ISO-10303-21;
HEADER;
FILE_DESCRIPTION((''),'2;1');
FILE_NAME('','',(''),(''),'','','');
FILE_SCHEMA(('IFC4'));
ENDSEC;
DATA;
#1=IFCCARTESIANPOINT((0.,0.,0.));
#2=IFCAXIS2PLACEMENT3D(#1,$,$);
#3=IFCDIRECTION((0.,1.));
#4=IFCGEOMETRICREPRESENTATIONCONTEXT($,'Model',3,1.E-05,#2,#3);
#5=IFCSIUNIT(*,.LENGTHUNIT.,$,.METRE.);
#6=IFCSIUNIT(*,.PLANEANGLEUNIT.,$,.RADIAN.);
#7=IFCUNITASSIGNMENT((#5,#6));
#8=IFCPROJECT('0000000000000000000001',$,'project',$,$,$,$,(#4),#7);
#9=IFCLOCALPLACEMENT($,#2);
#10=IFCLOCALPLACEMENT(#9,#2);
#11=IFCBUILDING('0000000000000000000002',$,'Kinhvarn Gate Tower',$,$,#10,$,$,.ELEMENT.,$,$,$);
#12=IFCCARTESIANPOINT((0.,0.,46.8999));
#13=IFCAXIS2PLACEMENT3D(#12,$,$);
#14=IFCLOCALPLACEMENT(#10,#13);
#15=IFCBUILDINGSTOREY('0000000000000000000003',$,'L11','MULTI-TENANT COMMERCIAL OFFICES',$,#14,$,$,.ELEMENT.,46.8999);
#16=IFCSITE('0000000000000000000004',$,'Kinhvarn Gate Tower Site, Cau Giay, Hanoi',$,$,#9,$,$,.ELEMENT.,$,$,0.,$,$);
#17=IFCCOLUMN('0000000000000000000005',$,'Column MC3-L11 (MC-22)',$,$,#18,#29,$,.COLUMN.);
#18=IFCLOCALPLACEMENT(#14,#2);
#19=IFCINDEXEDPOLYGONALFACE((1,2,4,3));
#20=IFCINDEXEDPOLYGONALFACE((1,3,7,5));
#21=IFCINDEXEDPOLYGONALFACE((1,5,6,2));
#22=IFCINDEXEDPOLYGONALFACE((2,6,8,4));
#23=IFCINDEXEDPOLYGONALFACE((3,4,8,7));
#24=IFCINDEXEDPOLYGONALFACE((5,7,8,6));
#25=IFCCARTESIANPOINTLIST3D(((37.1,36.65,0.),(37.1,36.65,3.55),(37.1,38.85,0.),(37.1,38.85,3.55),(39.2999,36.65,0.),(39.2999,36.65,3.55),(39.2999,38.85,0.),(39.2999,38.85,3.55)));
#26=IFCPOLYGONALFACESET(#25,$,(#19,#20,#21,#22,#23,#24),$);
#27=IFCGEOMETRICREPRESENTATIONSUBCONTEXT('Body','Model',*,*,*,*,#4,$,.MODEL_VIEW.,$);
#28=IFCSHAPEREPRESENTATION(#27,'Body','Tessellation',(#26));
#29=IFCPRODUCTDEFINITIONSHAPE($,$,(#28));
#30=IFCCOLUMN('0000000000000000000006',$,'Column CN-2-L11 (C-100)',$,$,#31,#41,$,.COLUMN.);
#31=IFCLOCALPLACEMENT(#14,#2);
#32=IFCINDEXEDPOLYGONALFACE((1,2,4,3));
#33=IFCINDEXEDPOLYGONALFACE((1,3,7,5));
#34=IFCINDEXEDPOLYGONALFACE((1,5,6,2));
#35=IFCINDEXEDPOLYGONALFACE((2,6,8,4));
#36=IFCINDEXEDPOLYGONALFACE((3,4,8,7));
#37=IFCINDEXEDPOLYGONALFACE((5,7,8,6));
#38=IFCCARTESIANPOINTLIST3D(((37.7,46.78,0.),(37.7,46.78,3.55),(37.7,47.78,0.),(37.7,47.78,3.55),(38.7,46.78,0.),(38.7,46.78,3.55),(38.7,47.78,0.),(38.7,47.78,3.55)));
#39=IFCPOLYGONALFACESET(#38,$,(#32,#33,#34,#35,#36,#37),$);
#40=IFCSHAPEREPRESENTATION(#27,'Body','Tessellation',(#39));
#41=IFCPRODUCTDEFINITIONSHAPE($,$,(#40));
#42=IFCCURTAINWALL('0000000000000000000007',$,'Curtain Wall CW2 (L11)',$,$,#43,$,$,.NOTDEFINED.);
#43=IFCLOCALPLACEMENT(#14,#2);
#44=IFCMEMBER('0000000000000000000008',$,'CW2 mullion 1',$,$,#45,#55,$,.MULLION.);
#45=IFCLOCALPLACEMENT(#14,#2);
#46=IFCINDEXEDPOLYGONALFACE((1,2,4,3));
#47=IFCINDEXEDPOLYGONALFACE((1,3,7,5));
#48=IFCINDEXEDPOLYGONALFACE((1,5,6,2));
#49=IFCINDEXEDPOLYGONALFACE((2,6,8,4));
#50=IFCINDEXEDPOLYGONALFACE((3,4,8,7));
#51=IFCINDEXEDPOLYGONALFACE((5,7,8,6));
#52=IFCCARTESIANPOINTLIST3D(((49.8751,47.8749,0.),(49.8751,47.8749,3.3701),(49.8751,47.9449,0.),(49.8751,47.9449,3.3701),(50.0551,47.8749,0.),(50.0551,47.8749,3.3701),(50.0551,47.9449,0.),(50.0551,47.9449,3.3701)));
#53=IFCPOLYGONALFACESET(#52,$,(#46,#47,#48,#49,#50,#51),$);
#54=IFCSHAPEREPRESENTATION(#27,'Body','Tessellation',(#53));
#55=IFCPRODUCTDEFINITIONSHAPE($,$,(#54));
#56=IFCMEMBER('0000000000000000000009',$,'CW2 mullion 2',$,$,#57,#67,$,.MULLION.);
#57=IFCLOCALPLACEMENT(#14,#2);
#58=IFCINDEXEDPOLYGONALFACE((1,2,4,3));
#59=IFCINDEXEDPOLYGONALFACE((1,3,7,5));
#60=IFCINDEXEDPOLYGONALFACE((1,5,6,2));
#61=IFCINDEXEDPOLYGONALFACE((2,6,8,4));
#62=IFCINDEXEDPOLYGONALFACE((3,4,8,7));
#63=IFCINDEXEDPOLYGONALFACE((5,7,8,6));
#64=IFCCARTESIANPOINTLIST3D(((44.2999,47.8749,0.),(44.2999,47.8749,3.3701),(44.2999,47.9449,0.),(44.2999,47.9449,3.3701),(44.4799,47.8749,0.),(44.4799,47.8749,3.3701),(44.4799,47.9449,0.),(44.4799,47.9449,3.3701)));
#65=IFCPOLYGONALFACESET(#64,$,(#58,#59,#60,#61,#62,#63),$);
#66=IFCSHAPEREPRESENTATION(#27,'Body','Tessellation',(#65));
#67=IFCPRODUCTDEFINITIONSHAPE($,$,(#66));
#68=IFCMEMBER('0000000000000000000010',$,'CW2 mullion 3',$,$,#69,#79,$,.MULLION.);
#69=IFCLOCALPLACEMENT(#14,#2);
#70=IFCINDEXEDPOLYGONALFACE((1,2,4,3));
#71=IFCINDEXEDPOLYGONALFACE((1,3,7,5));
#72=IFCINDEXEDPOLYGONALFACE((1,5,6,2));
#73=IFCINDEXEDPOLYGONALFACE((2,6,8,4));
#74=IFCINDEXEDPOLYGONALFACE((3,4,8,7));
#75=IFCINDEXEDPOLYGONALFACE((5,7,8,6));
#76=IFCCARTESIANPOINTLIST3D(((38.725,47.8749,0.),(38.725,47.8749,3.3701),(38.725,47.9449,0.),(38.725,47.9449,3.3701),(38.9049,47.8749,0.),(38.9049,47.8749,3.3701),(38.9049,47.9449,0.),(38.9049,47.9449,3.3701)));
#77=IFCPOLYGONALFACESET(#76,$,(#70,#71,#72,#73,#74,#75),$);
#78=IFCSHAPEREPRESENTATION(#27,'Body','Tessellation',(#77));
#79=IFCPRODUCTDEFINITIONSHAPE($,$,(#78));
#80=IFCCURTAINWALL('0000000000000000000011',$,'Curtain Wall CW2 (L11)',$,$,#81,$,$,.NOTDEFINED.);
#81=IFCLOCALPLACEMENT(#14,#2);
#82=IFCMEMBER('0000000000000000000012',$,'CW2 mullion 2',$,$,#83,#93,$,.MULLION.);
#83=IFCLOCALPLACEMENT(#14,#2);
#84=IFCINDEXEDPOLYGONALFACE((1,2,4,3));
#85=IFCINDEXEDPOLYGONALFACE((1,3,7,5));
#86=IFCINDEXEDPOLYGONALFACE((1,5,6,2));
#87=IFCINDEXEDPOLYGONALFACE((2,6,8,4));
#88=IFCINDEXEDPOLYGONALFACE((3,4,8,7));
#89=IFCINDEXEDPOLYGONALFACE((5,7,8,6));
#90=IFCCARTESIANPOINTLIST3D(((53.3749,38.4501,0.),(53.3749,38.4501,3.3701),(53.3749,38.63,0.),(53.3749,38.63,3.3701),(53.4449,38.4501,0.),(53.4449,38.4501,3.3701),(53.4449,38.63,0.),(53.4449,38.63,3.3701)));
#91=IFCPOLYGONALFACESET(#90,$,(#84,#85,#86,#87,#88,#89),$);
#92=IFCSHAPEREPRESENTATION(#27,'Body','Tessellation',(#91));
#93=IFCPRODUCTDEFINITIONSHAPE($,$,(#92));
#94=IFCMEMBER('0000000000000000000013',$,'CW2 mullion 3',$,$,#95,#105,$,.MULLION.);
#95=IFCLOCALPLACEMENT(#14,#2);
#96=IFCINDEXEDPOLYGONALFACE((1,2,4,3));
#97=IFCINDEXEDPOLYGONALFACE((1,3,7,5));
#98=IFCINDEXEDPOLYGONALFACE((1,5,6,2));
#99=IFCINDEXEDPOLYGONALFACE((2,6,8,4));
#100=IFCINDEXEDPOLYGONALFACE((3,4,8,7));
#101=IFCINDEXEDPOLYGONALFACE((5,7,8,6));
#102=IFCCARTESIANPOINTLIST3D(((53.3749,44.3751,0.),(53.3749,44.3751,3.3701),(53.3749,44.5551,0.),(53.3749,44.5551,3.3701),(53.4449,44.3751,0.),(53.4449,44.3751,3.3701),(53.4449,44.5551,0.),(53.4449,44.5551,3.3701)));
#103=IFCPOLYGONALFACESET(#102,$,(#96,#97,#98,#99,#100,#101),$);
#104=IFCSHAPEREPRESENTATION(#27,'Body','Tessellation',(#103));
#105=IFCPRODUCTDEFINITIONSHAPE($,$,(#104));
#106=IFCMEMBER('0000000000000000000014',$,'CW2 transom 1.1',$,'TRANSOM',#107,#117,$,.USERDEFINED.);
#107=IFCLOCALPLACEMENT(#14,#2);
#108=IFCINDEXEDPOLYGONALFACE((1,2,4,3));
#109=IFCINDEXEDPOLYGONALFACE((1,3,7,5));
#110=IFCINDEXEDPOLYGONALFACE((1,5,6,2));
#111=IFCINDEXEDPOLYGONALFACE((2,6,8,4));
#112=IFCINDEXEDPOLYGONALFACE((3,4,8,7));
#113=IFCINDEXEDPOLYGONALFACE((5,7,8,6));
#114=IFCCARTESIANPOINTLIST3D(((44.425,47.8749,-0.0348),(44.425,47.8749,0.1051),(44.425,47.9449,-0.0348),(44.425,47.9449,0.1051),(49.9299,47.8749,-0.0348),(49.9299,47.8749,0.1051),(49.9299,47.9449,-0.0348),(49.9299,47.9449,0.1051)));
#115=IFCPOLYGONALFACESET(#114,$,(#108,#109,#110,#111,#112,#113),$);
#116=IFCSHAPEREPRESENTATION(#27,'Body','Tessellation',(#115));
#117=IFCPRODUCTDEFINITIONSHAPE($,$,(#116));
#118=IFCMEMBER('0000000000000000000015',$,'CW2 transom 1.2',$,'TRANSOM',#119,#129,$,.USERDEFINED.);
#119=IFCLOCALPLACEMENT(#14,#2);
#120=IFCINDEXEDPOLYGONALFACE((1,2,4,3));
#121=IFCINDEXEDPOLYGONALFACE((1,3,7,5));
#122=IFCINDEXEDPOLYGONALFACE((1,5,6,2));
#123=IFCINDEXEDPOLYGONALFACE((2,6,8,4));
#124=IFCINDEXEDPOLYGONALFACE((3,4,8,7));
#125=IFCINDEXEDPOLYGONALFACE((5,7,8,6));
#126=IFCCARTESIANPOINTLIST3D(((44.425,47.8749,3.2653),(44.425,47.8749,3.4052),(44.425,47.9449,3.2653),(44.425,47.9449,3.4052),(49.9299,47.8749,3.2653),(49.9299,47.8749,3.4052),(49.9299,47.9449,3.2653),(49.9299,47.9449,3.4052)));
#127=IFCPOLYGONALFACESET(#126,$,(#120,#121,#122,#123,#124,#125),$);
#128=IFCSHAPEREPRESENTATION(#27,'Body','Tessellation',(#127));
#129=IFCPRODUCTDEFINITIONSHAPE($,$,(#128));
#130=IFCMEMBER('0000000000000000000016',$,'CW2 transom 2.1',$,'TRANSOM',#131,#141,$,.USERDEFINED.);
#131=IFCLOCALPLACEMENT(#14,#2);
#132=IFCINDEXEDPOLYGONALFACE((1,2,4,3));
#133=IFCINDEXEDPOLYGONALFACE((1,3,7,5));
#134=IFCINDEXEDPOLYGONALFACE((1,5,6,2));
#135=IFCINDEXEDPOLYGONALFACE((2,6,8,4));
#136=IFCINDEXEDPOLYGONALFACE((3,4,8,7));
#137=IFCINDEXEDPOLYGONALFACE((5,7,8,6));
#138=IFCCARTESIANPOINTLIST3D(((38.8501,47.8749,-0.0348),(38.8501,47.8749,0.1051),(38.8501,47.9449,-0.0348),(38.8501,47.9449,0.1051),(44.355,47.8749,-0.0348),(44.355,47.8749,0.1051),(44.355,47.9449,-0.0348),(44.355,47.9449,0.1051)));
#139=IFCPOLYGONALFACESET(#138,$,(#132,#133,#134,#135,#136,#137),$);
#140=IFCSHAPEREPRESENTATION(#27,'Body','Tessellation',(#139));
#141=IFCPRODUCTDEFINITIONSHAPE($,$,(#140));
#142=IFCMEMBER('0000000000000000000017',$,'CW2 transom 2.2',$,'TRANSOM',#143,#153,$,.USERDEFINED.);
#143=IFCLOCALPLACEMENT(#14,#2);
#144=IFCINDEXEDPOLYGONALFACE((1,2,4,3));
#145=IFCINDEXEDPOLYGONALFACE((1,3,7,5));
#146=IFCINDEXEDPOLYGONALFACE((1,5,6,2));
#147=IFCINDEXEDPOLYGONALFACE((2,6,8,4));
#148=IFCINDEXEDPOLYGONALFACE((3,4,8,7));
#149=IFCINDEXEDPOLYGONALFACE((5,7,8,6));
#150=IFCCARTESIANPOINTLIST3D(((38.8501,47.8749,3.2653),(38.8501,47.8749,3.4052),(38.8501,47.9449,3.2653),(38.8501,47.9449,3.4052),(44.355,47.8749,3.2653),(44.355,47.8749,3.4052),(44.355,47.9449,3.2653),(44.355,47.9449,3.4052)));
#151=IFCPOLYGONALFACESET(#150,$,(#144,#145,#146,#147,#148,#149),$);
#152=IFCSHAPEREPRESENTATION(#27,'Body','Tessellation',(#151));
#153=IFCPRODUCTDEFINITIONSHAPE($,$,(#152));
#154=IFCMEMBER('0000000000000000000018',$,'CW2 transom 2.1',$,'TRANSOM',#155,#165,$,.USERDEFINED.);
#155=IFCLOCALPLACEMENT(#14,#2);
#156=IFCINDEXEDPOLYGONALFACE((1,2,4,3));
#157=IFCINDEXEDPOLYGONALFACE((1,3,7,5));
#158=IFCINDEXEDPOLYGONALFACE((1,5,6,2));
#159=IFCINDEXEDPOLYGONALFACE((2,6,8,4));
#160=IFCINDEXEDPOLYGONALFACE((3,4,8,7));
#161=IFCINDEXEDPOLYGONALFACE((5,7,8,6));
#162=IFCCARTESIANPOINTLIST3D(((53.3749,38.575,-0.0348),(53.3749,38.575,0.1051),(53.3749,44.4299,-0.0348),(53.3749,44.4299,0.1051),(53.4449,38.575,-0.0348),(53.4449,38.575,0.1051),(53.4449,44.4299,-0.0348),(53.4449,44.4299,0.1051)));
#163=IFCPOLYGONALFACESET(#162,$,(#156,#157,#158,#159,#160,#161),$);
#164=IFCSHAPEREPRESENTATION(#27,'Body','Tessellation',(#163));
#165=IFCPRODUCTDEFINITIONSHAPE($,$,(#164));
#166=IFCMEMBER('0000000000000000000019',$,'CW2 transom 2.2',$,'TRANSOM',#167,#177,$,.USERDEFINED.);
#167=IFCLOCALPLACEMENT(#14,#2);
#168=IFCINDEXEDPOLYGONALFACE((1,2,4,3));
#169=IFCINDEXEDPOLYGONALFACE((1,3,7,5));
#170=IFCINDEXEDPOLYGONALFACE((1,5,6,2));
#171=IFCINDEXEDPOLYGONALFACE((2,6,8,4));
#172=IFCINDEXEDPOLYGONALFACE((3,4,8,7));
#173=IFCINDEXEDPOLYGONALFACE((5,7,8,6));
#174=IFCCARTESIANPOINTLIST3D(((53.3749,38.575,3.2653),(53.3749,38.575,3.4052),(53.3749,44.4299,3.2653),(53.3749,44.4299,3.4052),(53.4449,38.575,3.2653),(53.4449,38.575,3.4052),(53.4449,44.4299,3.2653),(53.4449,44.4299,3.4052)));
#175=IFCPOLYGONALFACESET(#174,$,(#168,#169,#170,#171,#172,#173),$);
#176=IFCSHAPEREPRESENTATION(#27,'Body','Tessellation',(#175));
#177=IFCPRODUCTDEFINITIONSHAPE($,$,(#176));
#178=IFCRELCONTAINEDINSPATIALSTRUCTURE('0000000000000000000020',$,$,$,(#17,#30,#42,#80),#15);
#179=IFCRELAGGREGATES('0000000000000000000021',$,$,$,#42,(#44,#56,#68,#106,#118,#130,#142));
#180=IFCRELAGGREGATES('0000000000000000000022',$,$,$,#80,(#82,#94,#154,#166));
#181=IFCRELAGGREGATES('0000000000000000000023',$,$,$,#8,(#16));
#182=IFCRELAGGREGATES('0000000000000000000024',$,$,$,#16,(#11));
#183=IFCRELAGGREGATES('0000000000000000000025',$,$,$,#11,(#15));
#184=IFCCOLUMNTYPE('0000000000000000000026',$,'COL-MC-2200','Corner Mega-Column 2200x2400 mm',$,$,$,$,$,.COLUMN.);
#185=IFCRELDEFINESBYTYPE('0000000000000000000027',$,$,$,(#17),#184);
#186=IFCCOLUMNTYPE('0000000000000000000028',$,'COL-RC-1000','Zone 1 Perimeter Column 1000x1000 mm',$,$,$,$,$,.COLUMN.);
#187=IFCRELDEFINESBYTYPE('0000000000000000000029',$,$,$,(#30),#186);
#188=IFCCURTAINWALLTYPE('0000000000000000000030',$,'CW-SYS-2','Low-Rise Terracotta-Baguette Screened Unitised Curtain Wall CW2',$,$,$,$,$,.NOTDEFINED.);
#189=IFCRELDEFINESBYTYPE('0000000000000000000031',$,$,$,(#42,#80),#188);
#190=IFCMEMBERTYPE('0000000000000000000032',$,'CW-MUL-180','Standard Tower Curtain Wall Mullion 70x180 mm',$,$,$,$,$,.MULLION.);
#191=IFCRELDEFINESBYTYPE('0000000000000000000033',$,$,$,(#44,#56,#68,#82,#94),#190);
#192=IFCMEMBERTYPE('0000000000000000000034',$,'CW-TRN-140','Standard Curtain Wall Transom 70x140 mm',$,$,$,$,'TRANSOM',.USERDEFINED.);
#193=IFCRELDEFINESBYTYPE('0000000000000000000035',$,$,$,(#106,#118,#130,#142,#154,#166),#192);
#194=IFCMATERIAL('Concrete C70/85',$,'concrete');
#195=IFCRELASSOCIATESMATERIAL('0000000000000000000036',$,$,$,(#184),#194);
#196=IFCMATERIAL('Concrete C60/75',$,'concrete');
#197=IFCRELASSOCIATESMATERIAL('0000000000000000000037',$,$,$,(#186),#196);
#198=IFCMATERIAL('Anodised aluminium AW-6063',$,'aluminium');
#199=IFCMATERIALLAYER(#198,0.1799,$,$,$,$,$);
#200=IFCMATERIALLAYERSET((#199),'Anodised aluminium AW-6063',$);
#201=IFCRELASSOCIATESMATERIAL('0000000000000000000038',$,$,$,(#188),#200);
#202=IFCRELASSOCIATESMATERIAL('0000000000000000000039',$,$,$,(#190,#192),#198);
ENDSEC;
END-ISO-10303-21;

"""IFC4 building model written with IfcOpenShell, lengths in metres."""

from ifc_helpers import new_model, si_unit, direction, frame, origin, origin_2d, place, context, subcontext, project, spatial, rectangle, extrude, material, layer, layer_set, material_profile, profile_set, type_object, element, aggregate, save


model = new_model("IFC4")

# Units and contexts
model_context = context("Model", 3, precision=1e-05, world=origin(), true_north=direction((0.0, 1.0)))
body_context = subcontext(model_context, "Body", "Model", "MODEL_VIEW")
ifc_project = project(units=[si_unit("LENGTHUNIT", "METRE"), si_unit("PLANEANGLEUNIT", "RADIAN")], contexts=[model_context])

# Site, building, storey
site_placement = place(None, origin())
site = spatial("IfcSite", under=ifc_project, at=site_placement, Name="Kinhvarn Gate Tower Site, Cau Giay, Hanoi", CompositionType="ELEMENT", RefElevation=0.0)
building_placement = place(site_placement, origin())
building = spatial("IfcBuilding", under=site, at=building_placement, Name="Kinhvarn Gate Tower", CompositionType="ELEMENT")
storey_placement = place(building_placement, frame((0.0, 0.0, 46.8999)))
storey = spatial("IfcBuildingStorey", under=building, at=storey_placement, Name="L11", Description="MULTI-TENANT COMMERCIAL OFFICES", CompositionType="ELEMENT", Elevation=46.8999)

# Columns
ifc_material_1 = material(Name="Concrete C70/85", Category="concrete")
ifc_material_profile_1 = material_profile(ifc_material_1, rectangle(XDim=2.2, YDim=2.2, at=origin_2d()), Name="RC 2200x2200")
ifc_profile_set_1 = profile_set([ifc_material_profile_1], Name="Concrete C70/85")
column_type_1 = type_object("IfcColumnType", Name="COL-MC-2200", Description="Corner Mega-Column 2200x2400 mm", PredefinedType="COLUMN", material=ifc_profile_set_1)
column_1_placement = place(storey_placement, frame((38.2, 37.75, 0.0), z_axis=(0.0, 0.0, 1.0), x_axis=(1.0, 0.0, 0.0)))
element("IfcColumn", 1, at=column_1_placement, inside=storey, type_object=column_type_1, Name="Column MC3-L11 (MC-22)", PredefinedType="COLUMN", context=body_context, shape_type="SweptSolid", body=[
    extrude(rectangle(XDim=2.2, YDim=2.2, at=origin_2d()), origin(), (0.0, 0.0, 1.0), 3.55),
])
ifc_material_2 = material(Name="Concrete C60/75", Category="concrete")
ifc_material_profile_2 = material_profile(ifc_material_2, rectangle(XDim=1.0, YDim=1.0, at=origin_2d()), Name="RC 1000x1000")
ifc_profile_set_2 = profile_set([ifc_material_profile_2], Name="Concrete C60/75")
column_type_2 = type_object("IfcColumnType", Name="COL-RC-1000", Description="Zone 1 Perimeter Column 1000x1000 mm", PredefinedType="COLUMN", material=ifc_profile_set_2)
column_2_placement = place(storey_placement, frame((38.2, 47.28, 0.0), z_axis=(0.0, 0.0, 1.0), x_axis=(1.0, 0.0, 0.0)))
element("IfcColumn", 2, at=column_2_placement, inside=storey, type_object=column_type_2, Name="Column CN-2-L11 (C-100)", PredefinedType="COLUMN", context=body_context, shape_type="SweptSolid", body=[
    extrude(rectangle(XDim=1.0, YDim=1.0, at=origin_2d()), origin(), (0.0, 0.0, 1.0), 3.55),
])

# Curtain walls, members
ifc_material_3 = material(Name="Anodised aluminium AW-6063", Category="aluminium")
ifc_layer_1 = layer(ifc_material_3, 0.1799)
ifc_layer_set_1 = layer_set([ifc_layer_1], Name="Anodised aluminium AW-6063")
curtain_wall_type = type_object("IfcCurtainWallType", Name="CW-SYS-2", Description="Low-Rise Terracotta-Baguette Screened Unitised Curtain Wall CW2", PredefinedType="NOTDEFINED", material=ifc_layer_set_1)
curtain_wall_1_placement = place(storey_placement, origin())
curtain_wall_1 = element("IfcCurtainWall", 3, at=curtain_wall_1_placement, inside=storey, type_object=curtain_wall_type, Name="Curtain Wall CW2 (L11)", PredefinedType="NOTDEFINED")
ifc_material_profile_3 = material_profile(ifc_material_3, rectangle(XDim=0.0701, YDim=0.1799, at=origin_2d()), Name="ALU 70x180")
ifc_profile_set_3 = profile_set([ifc_material_profile_3], Name="Anodised aluminium AW-6063")
member_type_1 = type_object("IfcMemberType", Name="CW-MUL-180", Description="Standard Tower Curtain Wall Mullion 70x180 mm", PredefinedType="MULLION", material=ifc_profile_set_3)
member_1_placement = place(storey_placement, frame((49.9651, 47.9099, 0.0), z_axis=(0.0, 0.0, 1.0), x_axis=(0.0, -1.0, 0.0)))
member_1 = element("IfcMember", 4, at=member_1_placement, type_object=member_type_1, Name="CW2 mullion 1", PredefinedType="MULLION", context=body_context, shape_type="SweptSolid", body=[
    extrude(rectangle(XDim=0.0701, YDim=0.1799, at=origin_2d()), origin(), (0.0, 0.0, 1.0), 3.3701),
])
member_2_placement = place(storey_placement, frame((44.3899, 47.9099, 0.0), z_axis=(0.0, 0.0, 1.0), x_axis=(0.0, -1.0, 0.0)))
member_2 = element("IfcMember", 5, at=member_2_placement, type_object=member_type_1, Name="CW2 mullion 2", PredefinedType="MULLION", context=body_context, shape_type="SweptSolid", body=[
    extrude(rectangle(XDim=0.0701, YDim=0.1799, at=origin_2d()), origin(), (0.0, 0.0, 1.0), 3.3701),
])
member_3_placement = place(storey_placement, frame((38.8149, 47.9099, 0.0), z_axis=(0.0, 0.0, 1.0), x_axis=(0.0, -1.0, 0.0)))
member_3 = element("IfcMember", 6, at=member_3_placement, type_object=member_type_1, Name="CW2 mullion 3", PredefinedType="MULLION", context=body_context, shape_type="SweptSolid", body=[
    extrude(rectangle(XDim=0.0701, YDim=0.1799, at=origin_2d()), origin(), (0.0, 0.0, 1.0), 3.3701),
])
curtain_wall_2_placement = place(storey_placement, origin())
curtain_wall_2 = element("IfcCurtainWall", 7, at=curtain_wall_2_placement, inside=storey, type_object=curtain_wall_type, Name="Curtain Wall CW2 (L11)", PredefinedType="NOTDEFINED")
member_4_placement = place(storey_placement, frame((53.4099, 38.54, 0.0), z_axis=(0.0, 0.0, 1.0), x_axis=(-1.0, 0.0, 0.0)))
member_4 = element("IfcMember", 8, at=member_4_placement, type_object=member_type_1, Name="CW2 mullion 2", PredefinedType="MULLION", context=body_context, shape_type="SweptSolid", body=[
    extrude(rectangle(XDim=0.0701, YDim=0.1799, at=origin_2d()), origin(), (0.0, 0.0, 1.0), 3.3701),
])
member_5_placement = place(storey_placement, frame((53.4099, 44.4651, 0.0), z_axis=(0.0, 0.0, 1.0), x_axis=(-1.0, 0.0, 0.0)))
member_5 = element("IfcMember", 9, at=member_5_placement, type_object=member_type_1, Name="CW2 mullion 3", PredefinedType="MULLION", context=body_context, shape_type="SweptSolid", body=[
    extrude(rectangle(XDim=0.0701, YDim=0.1799, at=origin_2d()), origin(), (0.0, 0.0, 1.0), 3.3701),
])

# Members
ifc_material_profile_4 = material_profile(ifc_material_3, rectangle(XDim=0.0701, YDim=0.1399, at=origin_2d()), Name="ALU 70x140")
ifc_profile_set_4 = profile_set([ifc_material_profile_4], Name="Anodised aluminium AW-6063")
member_type_2 = type_object("IfcMemberType", Name="CW-TRN-140", Description="Standard Curtain Wall Transom 70x140 mm", ElementType="TRANSOM", PredefinedType="USERDEFINED", material=ifc_profile_set_4)
member_6_placement = place(storey_placement, frame((49.9299, 47.9099, 0.0352), z_axis=(-1.0, 0.0, 0.0), x_axis=(0.0, -1.0, 0.0)))
member_6 = element("IfcMember", 10, at=member_6_placement, type_object=member_type_2, Name="CW2 transom 1.1", ObjectType="TRANSOM", PredefinedType="USERDEFINED", context=body_context, shape_type="SweptSolid", body=[
    extrude(rectangle(XDim=0.0701, YDim=0.1399, at=origin_2d()), origin(), (0.0, 0.0, 1.0), 5.5049),
])
member_7_placement = place(storey_placement, frame((49.9299, 47.9099, 3.3352), z_axis=(-1.0, 0.0, 0.0), x_axis=(0.0, -1.0, 0.0)))
member_7 = element("IfcMember", 11, at=member_7_placement, type_object=member_type_2, Name="CW2 transom 1.2", ObjectType="TRANSOM", PredefinedType="USERDEFINED", context=body_context, shape_type="SweptSolid", body=[
    extrude(rectangle(XDim=0.0701, YDim=0.1399, at=origin_2d()), origin(), (0.0, 0.0, 1.0), 5.5049),
])
member_8_placement = place(storey_placement, frame((44.355, 47.9099, 0.0352), z_axis=(-1.0, 0.0, 0.0), x_axis=(0.0, -1.0, 0.0)))
member_8 = element("IfcMember", 12, at=member_8_placement, type_object=member_type_2, Name="CW2 transom 2.1", ObjectType="TRANSOM", PredefinedType="USERDEFINED", context=body_context, shape_type="SweptSolid", body=[
    extrude(rectangle(XDim=0.0701, YDim=0.1399, at=origin_2d()), origin(), (0.0, 0.0, 1.0), 5.5049),
])
member_9_placement = place(storey_placement, frame((44.355, 47.9099, 3.3352), z_axis=(-1.0, 0.0, 0.0), x_axis=(0.0, -1.0, 0.0)))
member_9 = element("IfcMember", 13, at=member_9_placement, type_object=member_type_2, Name="CW2 transom 2.2", ObjectType="TRANSOM", PredefinedType="USERDEFINED", context=body_context, shape_type="SweptSolid", body=[
    extrude(rectangle(XDim=0.0701, YDim=0.1399, at=origin_2d()), origin(), (0.0, 0.0, 1.0), 5.5049),
])
member_10_placement = place(storey_placement, frame((53.4099, 38.575, 0.0352), z_axis=(0.0, 1.0, 0.0), x_axis=(-1.0, 0.0, 0.0)))
member_10 = element("IfcMember", 14, at=member_10_placement, type_object=member_type_2, Name="CW2 transom 2.1", ObjectType="TRANSOM", PredefinedType="USERDEFINED", context=body_context, shape_type="SweptSolid", body=[
    extrude(rectangle(XDim=0.0701, YDim=0.1399, at=origin_2d()), origin(), (0.0, 0.0, 1.0), 5.855),
])
member_11_placement = place(storey_placement, frame((53.4099, 38.575, 3.3352), z_axis=(0.0, 1.0, 0.0), x_axis=(-1.0, 0.0, 0.0)))
member_11 = element("IfcMember", 15, at=member_11_placement, type_object=member_type_2, Name="CW2 transom 2.2", ObjectType="TRANSOM", PredefinedType="USERDEFINED", context=body_context, shape_type="SweptSolid", body=[
    extrude(rectangle(XDim=0.0701, YDim=0.1399, at=origin_2d()), origin(), (0.0, 0.0, 1.0), 5.855),
])

aggregate(curtain_wall_1, [member_1, member_2, member_3, member_6, member_7, member_8, member_9])
aggregate(curtain_wall_2, [member_4, member_5, member_10, member_11])

save(model, "model.ifc")
